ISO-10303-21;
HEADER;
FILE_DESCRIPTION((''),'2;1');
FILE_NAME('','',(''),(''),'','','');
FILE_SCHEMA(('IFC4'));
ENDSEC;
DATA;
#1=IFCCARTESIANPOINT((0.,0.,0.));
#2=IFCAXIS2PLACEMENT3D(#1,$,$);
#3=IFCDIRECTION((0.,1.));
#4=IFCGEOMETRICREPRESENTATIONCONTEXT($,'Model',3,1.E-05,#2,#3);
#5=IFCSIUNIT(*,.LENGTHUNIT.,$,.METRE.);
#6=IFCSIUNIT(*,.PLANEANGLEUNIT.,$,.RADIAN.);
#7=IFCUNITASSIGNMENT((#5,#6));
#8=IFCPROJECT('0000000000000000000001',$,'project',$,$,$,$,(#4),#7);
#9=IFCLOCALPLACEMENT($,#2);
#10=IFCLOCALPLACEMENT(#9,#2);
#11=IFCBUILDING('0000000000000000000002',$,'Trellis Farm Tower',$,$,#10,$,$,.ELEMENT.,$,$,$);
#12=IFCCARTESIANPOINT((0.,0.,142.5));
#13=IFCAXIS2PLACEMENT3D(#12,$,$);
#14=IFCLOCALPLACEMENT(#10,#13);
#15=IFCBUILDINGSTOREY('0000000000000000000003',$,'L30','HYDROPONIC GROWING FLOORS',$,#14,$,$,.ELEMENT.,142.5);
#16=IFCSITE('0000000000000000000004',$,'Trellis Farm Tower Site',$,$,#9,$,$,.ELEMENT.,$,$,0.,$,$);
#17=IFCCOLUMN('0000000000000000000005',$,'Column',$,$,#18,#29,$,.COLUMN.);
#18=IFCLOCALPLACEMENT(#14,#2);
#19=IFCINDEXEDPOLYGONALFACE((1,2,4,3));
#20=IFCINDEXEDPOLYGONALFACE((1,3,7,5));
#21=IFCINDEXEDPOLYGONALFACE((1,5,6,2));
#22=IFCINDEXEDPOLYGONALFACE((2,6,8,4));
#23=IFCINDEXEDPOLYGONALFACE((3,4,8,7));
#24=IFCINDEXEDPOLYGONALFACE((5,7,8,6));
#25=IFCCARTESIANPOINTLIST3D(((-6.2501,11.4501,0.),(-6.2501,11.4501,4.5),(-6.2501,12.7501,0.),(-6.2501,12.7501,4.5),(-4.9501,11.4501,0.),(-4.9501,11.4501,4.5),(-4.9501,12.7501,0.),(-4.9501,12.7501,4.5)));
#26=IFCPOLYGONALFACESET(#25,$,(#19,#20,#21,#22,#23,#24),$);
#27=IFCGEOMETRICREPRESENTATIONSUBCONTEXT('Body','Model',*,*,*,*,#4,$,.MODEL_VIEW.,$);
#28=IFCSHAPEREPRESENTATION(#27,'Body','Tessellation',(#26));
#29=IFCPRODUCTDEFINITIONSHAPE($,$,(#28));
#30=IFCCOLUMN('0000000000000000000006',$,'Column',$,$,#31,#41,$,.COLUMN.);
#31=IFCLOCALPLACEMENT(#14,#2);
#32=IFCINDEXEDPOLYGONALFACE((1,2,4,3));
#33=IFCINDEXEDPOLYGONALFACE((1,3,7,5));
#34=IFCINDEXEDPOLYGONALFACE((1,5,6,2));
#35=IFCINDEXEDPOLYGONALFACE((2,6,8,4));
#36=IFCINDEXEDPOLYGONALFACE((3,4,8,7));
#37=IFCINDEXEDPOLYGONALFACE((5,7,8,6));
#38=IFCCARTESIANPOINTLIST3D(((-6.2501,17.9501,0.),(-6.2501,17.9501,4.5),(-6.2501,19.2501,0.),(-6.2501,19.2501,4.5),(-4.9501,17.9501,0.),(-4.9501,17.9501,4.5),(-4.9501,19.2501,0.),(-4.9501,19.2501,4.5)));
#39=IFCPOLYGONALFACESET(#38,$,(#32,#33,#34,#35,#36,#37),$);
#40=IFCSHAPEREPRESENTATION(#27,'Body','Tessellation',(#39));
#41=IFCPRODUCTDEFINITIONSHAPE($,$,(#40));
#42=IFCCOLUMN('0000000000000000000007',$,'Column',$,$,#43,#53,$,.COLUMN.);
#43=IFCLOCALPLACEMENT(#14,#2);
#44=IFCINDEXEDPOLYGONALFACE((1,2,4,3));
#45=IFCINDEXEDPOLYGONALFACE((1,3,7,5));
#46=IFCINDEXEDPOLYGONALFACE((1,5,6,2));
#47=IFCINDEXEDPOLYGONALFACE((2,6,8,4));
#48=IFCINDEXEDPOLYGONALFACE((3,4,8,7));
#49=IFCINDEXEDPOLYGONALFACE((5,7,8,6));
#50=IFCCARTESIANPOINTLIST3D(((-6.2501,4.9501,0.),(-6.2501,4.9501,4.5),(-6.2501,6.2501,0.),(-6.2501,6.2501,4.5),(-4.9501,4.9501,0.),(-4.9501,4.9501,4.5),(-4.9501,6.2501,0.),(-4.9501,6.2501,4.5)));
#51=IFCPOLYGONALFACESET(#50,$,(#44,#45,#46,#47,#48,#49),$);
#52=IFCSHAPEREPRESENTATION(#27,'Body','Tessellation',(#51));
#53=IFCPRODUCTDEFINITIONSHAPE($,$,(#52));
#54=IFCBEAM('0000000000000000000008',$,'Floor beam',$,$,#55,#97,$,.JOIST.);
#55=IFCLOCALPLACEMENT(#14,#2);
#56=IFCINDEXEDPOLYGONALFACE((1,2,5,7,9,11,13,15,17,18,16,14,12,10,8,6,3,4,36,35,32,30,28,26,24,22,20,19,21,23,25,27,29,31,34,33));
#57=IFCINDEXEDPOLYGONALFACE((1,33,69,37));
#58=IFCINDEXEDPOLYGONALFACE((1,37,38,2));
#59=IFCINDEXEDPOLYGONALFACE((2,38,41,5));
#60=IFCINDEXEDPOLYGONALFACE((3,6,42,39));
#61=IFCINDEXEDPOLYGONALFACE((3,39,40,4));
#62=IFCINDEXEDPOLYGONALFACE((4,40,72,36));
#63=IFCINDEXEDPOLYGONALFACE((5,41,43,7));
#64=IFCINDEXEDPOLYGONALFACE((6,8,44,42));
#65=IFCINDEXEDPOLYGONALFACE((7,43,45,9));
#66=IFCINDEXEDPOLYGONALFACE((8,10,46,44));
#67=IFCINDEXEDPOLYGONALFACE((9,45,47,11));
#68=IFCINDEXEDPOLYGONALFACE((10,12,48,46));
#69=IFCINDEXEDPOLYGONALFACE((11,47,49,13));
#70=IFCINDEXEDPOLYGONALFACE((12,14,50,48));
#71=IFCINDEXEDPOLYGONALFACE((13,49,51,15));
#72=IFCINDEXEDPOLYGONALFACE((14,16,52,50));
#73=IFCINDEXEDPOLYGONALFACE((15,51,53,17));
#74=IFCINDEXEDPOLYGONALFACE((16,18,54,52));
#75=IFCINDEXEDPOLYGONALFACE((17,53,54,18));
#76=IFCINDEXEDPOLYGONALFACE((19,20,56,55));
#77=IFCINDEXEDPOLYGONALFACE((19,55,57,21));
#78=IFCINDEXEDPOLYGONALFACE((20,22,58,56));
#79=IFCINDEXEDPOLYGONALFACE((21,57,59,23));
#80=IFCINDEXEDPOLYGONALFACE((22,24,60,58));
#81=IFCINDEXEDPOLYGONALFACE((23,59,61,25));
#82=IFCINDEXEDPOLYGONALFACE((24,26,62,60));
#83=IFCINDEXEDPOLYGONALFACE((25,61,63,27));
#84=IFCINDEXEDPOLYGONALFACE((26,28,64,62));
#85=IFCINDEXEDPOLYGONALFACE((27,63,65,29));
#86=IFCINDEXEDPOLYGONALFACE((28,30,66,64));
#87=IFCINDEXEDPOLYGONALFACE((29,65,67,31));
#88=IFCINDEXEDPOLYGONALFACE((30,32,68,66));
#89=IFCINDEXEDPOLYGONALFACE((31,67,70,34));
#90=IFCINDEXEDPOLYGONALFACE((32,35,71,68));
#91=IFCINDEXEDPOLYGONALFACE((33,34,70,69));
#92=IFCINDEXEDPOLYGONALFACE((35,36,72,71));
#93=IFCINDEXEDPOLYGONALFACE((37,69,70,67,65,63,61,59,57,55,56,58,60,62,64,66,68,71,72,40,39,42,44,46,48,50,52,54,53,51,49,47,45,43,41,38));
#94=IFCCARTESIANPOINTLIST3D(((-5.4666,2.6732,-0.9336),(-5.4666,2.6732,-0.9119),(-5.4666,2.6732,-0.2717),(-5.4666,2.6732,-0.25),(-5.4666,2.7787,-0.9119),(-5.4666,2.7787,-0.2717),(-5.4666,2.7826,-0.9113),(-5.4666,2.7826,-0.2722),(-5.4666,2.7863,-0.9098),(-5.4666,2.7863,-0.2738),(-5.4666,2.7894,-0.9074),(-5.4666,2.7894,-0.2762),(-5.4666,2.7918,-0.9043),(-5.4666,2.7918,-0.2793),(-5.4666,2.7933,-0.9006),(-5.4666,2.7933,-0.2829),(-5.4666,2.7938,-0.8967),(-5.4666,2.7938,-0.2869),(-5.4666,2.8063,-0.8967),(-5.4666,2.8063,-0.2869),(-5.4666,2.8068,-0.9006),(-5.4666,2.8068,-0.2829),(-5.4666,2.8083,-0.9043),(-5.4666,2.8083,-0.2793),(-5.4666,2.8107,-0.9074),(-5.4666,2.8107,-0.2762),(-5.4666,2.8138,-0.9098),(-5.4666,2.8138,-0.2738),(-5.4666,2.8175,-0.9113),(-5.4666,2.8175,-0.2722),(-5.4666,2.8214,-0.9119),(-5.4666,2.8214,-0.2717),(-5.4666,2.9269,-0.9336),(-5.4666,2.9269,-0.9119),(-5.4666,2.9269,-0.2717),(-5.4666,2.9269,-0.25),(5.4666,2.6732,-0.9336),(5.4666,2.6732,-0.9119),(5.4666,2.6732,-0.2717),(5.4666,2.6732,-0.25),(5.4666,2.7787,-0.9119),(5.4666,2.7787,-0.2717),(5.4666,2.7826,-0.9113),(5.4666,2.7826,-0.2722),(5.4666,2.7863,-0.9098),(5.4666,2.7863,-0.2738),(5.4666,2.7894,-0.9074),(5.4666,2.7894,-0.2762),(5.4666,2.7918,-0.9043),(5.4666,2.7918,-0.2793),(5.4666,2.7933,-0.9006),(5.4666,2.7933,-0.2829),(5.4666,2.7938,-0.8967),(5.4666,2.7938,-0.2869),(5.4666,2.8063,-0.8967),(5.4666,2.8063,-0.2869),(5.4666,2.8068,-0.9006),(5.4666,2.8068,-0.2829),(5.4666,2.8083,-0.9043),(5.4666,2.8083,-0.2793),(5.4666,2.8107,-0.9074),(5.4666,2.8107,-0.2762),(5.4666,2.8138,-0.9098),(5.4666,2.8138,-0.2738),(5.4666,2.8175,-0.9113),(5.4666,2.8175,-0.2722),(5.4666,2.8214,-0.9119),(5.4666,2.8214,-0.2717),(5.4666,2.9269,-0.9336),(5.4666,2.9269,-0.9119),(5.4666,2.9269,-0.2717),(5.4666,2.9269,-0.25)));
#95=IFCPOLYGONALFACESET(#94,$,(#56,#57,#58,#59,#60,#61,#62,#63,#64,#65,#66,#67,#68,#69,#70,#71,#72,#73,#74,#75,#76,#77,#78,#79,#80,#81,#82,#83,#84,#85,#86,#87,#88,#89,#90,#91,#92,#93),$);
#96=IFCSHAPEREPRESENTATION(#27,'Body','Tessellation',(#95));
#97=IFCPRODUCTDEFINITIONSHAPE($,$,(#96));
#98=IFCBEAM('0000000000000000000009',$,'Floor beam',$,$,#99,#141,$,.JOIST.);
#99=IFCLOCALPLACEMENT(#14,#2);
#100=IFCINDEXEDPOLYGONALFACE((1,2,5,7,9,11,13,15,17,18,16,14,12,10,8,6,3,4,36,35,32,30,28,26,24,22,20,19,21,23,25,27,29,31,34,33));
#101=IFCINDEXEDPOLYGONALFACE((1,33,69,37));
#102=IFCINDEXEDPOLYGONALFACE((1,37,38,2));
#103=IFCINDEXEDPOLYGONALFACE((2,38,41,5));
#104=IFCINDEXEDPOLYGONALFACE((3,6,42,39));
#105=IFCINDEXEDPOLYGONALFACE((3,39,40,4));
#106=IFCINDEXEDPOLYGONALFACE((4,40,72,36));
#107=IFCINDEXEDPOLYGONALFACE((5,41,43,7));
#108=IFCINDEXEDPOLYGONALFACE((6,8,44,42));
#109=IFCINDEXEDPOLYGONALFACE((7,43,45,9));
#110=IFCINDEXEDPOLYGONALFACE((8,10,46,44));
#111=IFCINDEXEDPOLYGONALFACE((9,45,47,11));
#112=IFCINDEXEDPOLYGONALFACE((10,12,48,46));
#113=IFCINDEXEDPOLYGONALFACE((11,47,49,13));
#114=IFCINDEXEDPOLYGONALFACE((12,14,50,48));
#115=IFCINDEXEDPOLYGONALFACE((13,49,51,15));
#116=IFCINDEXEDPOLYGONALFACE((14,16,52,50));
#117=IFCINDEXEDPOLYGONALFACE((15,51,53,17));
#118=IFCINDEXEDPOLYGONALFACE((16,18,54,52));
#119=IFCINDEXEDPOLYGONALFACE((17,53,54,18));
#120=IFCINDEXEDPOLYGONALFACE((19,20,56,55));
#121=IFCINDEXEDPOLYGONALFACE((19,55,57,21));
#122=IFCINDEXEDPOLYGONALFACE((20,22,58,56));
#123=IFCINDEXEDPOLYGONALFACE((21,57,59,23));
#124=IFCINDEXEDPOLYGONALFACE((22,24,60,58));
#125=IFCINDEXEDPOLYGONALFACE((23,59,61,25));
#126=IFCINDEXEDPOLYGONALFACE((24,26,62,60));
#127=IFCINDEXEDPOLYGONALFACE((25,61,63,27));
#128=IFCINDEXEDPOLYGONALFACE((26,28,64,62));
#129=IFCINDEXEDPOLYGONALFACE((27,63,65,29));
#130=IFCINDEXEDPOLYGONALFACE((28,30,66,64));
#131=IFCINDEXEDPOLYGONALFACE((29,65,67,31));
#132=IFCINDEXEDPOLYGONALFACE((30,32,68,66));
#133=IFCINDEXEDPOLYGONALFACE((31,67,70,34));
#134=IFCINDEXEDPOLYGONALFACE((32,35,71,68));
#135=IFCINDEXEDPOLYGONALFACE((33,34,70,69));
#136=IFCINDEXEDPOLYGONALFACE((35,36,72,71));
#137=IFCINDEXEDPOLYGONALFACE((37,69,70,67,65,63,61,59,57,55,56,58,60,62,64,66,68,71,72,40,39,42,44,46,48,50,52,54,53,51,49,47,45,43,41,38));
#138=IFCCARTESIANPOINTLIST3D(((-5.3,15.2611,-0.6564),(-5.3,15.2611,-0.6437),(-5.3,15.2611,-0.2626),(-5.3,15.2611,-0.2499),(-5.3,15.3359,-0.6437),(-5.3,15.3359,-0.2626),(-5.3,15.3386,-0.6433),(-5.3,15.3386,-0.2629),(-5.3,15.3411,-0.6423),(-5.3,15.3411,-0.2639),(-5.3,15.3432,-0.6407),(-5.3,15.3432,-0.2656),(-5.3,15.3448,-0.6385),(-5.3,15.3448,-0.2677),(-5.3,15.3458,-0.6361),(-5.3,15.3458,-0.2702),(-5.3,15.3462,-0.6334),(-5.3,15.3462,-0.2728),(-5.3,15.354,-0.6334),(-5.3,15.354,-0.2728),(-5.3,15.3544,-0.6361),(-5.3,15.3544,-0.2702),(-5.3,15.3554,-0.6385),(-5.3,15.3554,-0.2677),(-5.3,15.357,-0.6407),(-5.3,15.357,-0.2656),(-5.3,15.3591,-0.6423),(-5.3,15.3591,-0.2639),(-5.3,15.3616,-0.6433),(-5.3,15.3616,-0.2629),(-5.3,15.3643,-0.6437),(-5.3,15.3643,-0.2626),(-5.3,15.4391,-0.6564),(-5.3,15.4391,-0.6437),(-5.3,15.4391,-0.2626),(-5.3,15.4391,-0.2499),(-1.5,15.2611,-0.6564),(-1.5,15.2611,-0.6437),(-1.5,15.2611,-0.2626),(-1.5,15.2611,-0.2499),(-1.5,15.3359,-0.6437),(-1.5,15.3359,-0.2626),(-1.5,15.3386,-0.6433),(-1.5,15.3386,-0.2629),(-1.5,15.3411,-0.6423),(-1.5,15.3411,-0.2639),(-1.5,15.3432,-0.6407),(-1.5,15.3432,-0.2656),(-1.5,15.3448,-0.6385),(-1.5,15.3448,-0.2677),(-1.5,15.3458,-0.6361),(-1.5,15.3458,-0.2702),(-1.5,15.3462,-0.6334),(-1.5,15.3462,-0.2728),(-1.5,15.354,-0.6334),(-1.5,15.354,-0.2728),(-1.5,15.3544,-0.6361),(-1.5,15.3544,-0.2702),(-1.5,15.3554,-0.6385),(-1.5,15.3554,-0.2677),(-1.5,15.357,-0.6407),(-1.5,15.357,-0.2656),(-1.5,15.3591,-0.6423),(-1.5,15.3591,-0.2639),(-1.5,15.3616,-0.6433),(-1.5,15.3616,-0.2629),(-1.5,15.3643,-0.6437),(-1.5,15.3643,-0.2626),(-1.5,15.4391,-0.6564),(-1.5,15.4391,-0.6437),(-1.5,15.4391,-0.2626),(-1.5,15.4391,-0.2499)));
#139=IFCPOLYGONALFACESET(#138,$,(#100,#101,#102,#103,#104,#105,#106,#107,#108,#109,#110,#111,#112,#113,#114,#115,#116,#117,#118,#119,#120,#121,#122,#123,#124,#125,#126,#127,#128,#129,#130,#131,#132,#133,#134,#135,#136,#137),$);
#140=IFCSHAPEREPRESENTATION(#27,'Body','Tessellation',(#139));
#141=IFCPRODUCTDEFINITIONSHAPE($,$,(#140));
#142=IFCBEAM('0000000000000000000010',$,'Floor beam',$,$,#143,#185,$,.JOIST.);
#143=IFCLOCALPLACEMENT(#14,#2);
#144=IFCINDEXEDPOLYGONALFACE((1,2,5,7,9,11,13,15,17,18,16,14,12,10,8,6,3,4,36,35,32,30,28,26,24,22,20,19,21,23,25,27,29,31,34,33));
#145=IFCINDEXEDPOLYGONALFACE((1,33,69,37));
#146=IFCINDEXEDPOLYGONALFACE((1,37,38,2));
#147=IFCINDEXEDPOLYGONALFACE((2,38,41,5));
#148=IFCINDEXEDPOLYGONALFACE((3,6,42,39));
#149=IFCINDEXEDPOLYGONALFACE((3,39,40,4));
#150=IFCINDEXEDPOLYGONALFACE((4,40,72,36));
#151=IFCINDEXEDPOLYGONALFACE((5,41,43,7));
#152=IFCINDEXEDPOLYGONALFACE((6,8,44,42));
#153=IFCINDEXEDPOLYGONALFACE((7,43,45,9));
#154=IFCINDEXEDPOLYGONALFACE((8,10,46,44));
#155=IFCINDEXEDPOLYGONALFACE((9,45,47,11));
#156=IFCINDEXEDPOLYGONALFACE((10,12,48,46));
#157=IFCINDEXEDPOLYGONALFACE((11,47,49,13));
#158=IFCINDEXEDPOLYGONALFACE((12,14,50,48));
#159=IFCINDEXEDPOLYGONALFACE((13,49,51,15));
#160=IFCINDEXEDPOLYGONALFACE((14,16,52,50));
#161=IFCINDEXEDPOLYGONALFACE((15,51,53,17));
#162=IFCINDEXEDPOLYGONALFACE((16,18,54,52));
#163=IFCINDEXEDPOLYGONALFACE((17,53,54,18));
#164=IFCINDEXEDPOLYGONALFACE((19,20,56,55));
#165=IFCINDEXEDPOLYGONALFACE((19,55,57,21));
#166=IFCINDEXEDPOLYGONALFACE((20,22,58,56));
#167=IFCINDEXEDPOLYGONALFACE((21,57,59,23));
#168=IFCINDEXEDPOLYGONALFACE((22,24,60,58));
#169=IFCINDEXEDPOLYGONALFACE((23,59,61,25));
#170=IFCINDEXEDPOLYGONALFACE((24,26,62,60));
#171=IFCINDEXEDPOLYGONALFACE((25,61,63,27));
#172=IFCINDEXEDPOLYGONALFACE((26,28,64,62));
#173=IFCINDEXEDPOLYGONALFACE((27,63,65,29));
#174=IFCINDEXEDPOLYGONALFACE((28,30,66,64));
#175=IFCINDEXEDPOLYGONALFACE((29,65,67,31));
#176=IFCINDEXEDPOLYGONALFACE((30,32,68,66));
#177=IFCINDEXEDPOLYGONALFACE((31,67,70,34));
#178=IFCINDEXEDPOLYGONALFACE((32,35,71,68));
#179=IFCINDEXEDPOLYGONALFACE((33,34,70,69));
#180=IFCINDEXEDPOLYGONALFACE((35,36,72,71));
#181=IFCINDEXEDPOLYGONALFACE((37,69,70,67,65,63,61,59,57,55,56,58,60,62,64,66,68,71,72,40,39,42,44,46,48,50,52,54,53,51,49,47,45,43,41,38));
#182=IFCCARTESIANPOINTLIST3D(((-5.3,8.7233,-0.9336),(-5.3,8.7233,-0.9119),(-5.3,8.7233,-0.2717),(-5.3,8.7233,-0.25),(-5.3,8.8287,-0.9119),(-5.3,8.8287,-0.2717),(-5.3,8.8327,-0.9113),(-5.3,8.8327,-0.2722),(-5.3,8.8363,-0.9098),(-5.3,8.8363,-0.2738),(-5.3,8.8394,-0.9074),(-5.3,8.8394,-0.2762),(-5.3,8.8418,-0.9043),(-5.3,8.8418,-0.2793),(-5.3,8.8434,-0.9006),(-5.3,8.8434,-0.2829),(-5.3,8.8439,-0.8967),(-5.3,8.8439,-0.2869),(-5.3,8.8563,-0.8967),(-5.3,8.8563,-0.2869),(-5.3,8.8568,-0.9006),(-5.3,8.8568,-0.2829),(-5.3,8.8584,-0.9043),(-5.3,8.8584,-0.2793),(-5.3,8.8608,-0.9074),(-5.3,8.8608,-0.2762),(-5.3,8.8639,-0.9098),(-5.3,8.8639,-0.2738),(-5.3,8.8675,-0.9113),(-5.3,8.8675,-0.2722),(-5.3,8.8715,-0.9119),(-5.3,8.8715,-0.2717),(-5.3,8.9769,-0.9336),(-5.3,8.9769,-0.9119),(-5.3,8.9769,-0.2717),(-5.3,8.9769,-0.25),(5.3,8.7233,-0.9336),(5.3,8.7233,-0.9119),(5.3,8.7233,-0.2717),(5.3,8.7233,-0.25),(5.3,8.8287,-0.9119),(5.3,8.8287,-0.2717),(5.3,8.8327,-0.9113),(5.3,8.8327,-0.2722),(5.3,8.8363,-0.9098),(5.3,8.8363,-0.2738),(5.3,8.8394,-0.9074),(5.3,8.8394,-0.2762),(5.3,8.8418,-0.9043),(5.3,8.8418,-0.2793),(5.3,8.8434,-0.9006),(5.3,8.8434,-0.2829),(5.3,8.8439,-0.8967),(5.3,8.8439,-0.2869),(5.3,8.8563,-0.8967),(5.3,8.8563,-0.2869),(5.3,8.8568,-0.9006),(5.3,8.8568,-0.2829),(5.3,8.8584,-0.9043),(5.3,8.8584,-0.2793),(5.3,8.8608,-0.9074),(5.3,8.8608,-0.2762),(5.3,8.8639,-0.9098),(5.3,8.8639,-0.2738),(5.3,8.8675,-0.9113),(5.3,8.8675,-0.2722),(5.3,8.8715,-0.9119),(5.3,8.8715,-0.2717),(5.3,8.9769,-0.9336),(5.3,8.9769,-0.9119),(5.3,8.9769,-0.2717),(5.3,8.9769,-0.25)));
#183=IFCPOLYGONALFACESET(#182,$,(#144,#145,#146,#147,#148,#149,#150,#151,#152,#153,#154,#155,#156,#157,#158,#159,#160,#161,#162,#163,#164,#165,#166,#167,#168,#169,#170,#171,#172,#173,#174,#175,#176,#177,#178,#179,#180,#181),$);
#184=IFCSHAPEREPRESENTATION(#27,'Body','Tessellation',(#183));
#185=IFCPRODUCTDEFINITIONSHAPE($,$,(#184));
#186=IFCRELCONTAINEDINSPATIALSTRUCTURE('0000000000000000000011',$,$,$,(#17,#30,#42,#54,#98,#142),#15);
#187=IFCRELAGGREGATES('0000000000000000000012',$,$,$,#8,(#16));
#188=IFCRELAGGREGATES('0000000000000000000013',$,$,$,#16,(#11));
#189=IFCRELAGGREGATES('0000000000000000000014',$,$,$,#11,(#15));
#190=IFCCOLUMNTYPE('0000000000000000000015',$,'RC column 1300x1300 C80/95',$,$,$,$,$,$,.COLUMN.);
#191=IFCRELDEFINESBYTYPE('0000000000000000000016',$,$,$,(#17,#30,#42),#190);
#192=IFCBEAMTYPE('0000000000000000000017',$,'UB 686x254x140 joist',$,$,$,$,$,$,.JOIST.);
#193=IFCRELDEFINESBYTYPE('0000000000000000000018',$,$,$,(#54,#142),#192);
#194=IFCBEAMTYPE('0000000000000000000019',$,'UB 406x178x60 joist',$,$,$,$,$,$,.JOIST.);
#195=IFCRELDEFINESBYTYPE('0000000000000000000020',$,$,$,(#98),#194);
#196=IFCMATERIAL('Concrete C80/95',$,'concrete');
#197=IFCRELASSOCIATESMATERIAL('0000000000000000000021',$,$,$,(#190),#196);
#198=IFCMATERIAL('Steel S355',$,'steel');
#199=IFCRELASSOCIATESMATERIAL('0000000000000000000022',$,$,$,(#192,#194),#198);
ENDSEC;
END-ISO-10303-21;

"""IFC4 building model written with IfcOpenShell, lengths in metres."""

from ifc_helpers import new_model, si_unit, direction, frame, origin, origin_2d, place, context, subcontext, project, spatial, rectangle, i_section, extrude, source, transform, mapped, material, material_profile, profile_set, type_object, element, save


model = new_model("IFC4")

# Units and contexts
model_context = context("Model", 3, precision=1e-05, world=origin(), true_north=direction((0.0, 1.0)))
body_context = subcontext(model_context, "Body", "Model", "MODEL_VIEW")
ifc_project = project(units=[si_unit("LENGTHUNIT", "METRE"), si_unit("PLANEANGLEUNIT", "RADIAN")], contexts=[model_context])

# Site, building, storey
site_placement = place(None, origin())
site = spatial("IfcSite", under=ifc_project, at=site_placement, Name="Trellis Farm Tower Site", CompositionType="ELEMENT", RefElevation=0.0)
building_placement = place(site_placement, origin())
building = spatial("IfcBuilding", under=site, at=building_placement, Name="Trellis Farm Tower", CompositionType="ELEMENT")
storey_placement = place(building_placement, frame((0.0, 0.0, 142.5)))
storey = spatial("IfcBuildingStorey", under=building, at=storey_placement, Name="L30", Description="HYDROPONIC GROWING FLOORS", CompositionType="ELEMENT", Elevation=142.5)

# Columns
ifc_material_1 = material(Name="Concrete C80/95", Category="concrete")
ifc_material_profile_1 = material_profile(ifc_material_1, rectangle(XDim=1.3, YDim=1.3, at=origin_2d()), Name="RC column 1300x1300 C80/95")
ifc_profile_set_1 = profile_set([ifc_material_profile_1], Name="Concrete C80/95")
column_type = type_object("IfcColumnType", Name="RC column 1300x1300 C80/95", PredefinedType="COLUMN", material=ifc_profile_set_1)
shared_shape_1 = source(origin(), body_context, "Body", "SweptSolid", [
    extrude(rectangle(XDim=1.3, YDim=1.3, at=origin_2d()), origin(), (0.0, 0.0, 1.0), 4.5),
])
for number, where, z_axis, x_axis, name in (
    (1, (-5.6001, 12.1001, 0.0), (0.0, 0.0, 1.0), (1.0, 0.0, 0.0), "Column"),
    (2, (-5.6001, 18.6001, 0.0), (0.0, 0.0, 1.0), (1.0, 0.0, 0.0), "Column"),
    (3, (-5.6001, 5.6001, 0.0), (0.0, 0.0, 1.0), (1.0, 0.0, 0.0), "Column"),
):
    element("IfcColumn", number, at=place(storey_placement, frame(where, z_axis=z_axis, x_axis=x_axis)), inside=storey, type_object=column_type, Name=name, PredefinedType="COLUMN", context=body_context, shape_type="MappedRepresentation", body=[
        mapped(shared_shape_1, transform((0.0, 0.0, 0.0))),
    ])

# Beams
ifc_material_2 = material(Name="Steel S355", Category="steel")
ifc_material_profile_2 = material_profile(ifc_material_2, i_section(OverallWidth=0.2537, OverallDepth=0.6836, WebThickness=0.0125, FlangeThickness=0.0217, FilletRadius=0.0151, at=origin_2d()), Name="UB 686x254x140")
ifc_profile_set_2 = profile_set([ifc_material_profile_2], Name="Steel S355")
beam_type_1 = type_object("IfcBeamType", Name="UB 686x254x140 joist", PredefinedType="JOIST", material=ifc_profile_set_2)
shared_shape_2 = source(origin(), body_context, "Body", "SweptSolid", [
    extrude(i_section(OverallWidth=0.2537, OverallDepth=0.6836, WebThickness=0.0125, FlangeThickness=0.0217, FilletRadius=0.0151, at=origin_2d()), origin(), (0.0, 0.0, 1.0), 10.9331),
])
beam_1_placement = place(storey_placement, frame((-5.4666, 2.8, -0.5918), z_axis=(1.0, 0.0, 0.0), x_axis=(0.0, 1.0, 0.0)))
element("IfcBeam", 4, at=beam_1_placement, inside=storey, type_object=beam_type_1, Name="Floor beam", PredefinedType="JOIST", context=body_context, shape_type="MappedRepresentation", body=[
    mapped(shared_shape_2, transform((0.0, 0.0, 0.0))),
])
ifc_material_profile_3 = material_profile(ifc_material_2, i_section(OverallWidth=0.178, OverallDepth=0.4065, WebThickness=0.0078, FlangeThickness=0.0127, FilletRadius=0.0103, at=origin_2d()), Name="UB 406x178x60")
ifc_profile_set_3 = profile_set([ifc_material_profile_3], Name="Steel S355")
beam_type_2 = type_object("IfcBeamType", Name="UB 406x178x60 joist", PredefinedType="JOIST", material=ifc_profile_set_3)
shared_shape_3 = source(origin(), body_context, "Body", "SweptSolid", [
    extrude(i_section(OverallWidth=0.178, OverallDepth=0.4065, WebThickness=0.0078, FlangeThickness=0.0127, FilletRadius=0.0103, at=origin_2d()), origin(), (0.0, 0.0, 1.0), 3.8),
])
beam_2_placement = place(storey_placement, frame((-5.3, 15.3501, -0.4531), z_axis=(1.0, 0.0, 0.0), x_axis=(0.0, 1.0, 0.0)))
element("IfcBeam", 5, at=beam_2_placement, inside=storey, type_object=beam_type_2, Name="Floor beam", PredefinedType="JOIST", context=body_context, shape_type="MappedRepresentation", body=[
    mapped(shared_shape_3, transform((0.0, 0.0, 0.0))),
])
shared_shape_4 = source(origin(), body_context, "Body", "SweptSolid", [
    extrude(i_section(OverallWidth=0.2537, OverallDepth=0.6836, WebThickness=0.0125, FlangeThickness=0.0217, FilletRadius=0.0151, at=origin_2d()), origin(), (0.0, 0.0, 1.0), 10.6001),
])
beam_3_placement = place(storey_placement, frame((-5.3, 8.8501, -0.5918), z_axis=(1.0, 0.0, 0.0), x_axis=(0.0, 1.0, 0.0)))
element("IfcBeam", 6, at=beam_3_placement, inside=storey, type_object=beam_type_1, Name="Floor beam", PredefinedType="JOIST", context=body_context, shape_type="MappedRepresentation", body=[
    mapped(shared_shape_4, transform((0.0, 0.0, 0.0))),
])

save(model, "model.ifc")
